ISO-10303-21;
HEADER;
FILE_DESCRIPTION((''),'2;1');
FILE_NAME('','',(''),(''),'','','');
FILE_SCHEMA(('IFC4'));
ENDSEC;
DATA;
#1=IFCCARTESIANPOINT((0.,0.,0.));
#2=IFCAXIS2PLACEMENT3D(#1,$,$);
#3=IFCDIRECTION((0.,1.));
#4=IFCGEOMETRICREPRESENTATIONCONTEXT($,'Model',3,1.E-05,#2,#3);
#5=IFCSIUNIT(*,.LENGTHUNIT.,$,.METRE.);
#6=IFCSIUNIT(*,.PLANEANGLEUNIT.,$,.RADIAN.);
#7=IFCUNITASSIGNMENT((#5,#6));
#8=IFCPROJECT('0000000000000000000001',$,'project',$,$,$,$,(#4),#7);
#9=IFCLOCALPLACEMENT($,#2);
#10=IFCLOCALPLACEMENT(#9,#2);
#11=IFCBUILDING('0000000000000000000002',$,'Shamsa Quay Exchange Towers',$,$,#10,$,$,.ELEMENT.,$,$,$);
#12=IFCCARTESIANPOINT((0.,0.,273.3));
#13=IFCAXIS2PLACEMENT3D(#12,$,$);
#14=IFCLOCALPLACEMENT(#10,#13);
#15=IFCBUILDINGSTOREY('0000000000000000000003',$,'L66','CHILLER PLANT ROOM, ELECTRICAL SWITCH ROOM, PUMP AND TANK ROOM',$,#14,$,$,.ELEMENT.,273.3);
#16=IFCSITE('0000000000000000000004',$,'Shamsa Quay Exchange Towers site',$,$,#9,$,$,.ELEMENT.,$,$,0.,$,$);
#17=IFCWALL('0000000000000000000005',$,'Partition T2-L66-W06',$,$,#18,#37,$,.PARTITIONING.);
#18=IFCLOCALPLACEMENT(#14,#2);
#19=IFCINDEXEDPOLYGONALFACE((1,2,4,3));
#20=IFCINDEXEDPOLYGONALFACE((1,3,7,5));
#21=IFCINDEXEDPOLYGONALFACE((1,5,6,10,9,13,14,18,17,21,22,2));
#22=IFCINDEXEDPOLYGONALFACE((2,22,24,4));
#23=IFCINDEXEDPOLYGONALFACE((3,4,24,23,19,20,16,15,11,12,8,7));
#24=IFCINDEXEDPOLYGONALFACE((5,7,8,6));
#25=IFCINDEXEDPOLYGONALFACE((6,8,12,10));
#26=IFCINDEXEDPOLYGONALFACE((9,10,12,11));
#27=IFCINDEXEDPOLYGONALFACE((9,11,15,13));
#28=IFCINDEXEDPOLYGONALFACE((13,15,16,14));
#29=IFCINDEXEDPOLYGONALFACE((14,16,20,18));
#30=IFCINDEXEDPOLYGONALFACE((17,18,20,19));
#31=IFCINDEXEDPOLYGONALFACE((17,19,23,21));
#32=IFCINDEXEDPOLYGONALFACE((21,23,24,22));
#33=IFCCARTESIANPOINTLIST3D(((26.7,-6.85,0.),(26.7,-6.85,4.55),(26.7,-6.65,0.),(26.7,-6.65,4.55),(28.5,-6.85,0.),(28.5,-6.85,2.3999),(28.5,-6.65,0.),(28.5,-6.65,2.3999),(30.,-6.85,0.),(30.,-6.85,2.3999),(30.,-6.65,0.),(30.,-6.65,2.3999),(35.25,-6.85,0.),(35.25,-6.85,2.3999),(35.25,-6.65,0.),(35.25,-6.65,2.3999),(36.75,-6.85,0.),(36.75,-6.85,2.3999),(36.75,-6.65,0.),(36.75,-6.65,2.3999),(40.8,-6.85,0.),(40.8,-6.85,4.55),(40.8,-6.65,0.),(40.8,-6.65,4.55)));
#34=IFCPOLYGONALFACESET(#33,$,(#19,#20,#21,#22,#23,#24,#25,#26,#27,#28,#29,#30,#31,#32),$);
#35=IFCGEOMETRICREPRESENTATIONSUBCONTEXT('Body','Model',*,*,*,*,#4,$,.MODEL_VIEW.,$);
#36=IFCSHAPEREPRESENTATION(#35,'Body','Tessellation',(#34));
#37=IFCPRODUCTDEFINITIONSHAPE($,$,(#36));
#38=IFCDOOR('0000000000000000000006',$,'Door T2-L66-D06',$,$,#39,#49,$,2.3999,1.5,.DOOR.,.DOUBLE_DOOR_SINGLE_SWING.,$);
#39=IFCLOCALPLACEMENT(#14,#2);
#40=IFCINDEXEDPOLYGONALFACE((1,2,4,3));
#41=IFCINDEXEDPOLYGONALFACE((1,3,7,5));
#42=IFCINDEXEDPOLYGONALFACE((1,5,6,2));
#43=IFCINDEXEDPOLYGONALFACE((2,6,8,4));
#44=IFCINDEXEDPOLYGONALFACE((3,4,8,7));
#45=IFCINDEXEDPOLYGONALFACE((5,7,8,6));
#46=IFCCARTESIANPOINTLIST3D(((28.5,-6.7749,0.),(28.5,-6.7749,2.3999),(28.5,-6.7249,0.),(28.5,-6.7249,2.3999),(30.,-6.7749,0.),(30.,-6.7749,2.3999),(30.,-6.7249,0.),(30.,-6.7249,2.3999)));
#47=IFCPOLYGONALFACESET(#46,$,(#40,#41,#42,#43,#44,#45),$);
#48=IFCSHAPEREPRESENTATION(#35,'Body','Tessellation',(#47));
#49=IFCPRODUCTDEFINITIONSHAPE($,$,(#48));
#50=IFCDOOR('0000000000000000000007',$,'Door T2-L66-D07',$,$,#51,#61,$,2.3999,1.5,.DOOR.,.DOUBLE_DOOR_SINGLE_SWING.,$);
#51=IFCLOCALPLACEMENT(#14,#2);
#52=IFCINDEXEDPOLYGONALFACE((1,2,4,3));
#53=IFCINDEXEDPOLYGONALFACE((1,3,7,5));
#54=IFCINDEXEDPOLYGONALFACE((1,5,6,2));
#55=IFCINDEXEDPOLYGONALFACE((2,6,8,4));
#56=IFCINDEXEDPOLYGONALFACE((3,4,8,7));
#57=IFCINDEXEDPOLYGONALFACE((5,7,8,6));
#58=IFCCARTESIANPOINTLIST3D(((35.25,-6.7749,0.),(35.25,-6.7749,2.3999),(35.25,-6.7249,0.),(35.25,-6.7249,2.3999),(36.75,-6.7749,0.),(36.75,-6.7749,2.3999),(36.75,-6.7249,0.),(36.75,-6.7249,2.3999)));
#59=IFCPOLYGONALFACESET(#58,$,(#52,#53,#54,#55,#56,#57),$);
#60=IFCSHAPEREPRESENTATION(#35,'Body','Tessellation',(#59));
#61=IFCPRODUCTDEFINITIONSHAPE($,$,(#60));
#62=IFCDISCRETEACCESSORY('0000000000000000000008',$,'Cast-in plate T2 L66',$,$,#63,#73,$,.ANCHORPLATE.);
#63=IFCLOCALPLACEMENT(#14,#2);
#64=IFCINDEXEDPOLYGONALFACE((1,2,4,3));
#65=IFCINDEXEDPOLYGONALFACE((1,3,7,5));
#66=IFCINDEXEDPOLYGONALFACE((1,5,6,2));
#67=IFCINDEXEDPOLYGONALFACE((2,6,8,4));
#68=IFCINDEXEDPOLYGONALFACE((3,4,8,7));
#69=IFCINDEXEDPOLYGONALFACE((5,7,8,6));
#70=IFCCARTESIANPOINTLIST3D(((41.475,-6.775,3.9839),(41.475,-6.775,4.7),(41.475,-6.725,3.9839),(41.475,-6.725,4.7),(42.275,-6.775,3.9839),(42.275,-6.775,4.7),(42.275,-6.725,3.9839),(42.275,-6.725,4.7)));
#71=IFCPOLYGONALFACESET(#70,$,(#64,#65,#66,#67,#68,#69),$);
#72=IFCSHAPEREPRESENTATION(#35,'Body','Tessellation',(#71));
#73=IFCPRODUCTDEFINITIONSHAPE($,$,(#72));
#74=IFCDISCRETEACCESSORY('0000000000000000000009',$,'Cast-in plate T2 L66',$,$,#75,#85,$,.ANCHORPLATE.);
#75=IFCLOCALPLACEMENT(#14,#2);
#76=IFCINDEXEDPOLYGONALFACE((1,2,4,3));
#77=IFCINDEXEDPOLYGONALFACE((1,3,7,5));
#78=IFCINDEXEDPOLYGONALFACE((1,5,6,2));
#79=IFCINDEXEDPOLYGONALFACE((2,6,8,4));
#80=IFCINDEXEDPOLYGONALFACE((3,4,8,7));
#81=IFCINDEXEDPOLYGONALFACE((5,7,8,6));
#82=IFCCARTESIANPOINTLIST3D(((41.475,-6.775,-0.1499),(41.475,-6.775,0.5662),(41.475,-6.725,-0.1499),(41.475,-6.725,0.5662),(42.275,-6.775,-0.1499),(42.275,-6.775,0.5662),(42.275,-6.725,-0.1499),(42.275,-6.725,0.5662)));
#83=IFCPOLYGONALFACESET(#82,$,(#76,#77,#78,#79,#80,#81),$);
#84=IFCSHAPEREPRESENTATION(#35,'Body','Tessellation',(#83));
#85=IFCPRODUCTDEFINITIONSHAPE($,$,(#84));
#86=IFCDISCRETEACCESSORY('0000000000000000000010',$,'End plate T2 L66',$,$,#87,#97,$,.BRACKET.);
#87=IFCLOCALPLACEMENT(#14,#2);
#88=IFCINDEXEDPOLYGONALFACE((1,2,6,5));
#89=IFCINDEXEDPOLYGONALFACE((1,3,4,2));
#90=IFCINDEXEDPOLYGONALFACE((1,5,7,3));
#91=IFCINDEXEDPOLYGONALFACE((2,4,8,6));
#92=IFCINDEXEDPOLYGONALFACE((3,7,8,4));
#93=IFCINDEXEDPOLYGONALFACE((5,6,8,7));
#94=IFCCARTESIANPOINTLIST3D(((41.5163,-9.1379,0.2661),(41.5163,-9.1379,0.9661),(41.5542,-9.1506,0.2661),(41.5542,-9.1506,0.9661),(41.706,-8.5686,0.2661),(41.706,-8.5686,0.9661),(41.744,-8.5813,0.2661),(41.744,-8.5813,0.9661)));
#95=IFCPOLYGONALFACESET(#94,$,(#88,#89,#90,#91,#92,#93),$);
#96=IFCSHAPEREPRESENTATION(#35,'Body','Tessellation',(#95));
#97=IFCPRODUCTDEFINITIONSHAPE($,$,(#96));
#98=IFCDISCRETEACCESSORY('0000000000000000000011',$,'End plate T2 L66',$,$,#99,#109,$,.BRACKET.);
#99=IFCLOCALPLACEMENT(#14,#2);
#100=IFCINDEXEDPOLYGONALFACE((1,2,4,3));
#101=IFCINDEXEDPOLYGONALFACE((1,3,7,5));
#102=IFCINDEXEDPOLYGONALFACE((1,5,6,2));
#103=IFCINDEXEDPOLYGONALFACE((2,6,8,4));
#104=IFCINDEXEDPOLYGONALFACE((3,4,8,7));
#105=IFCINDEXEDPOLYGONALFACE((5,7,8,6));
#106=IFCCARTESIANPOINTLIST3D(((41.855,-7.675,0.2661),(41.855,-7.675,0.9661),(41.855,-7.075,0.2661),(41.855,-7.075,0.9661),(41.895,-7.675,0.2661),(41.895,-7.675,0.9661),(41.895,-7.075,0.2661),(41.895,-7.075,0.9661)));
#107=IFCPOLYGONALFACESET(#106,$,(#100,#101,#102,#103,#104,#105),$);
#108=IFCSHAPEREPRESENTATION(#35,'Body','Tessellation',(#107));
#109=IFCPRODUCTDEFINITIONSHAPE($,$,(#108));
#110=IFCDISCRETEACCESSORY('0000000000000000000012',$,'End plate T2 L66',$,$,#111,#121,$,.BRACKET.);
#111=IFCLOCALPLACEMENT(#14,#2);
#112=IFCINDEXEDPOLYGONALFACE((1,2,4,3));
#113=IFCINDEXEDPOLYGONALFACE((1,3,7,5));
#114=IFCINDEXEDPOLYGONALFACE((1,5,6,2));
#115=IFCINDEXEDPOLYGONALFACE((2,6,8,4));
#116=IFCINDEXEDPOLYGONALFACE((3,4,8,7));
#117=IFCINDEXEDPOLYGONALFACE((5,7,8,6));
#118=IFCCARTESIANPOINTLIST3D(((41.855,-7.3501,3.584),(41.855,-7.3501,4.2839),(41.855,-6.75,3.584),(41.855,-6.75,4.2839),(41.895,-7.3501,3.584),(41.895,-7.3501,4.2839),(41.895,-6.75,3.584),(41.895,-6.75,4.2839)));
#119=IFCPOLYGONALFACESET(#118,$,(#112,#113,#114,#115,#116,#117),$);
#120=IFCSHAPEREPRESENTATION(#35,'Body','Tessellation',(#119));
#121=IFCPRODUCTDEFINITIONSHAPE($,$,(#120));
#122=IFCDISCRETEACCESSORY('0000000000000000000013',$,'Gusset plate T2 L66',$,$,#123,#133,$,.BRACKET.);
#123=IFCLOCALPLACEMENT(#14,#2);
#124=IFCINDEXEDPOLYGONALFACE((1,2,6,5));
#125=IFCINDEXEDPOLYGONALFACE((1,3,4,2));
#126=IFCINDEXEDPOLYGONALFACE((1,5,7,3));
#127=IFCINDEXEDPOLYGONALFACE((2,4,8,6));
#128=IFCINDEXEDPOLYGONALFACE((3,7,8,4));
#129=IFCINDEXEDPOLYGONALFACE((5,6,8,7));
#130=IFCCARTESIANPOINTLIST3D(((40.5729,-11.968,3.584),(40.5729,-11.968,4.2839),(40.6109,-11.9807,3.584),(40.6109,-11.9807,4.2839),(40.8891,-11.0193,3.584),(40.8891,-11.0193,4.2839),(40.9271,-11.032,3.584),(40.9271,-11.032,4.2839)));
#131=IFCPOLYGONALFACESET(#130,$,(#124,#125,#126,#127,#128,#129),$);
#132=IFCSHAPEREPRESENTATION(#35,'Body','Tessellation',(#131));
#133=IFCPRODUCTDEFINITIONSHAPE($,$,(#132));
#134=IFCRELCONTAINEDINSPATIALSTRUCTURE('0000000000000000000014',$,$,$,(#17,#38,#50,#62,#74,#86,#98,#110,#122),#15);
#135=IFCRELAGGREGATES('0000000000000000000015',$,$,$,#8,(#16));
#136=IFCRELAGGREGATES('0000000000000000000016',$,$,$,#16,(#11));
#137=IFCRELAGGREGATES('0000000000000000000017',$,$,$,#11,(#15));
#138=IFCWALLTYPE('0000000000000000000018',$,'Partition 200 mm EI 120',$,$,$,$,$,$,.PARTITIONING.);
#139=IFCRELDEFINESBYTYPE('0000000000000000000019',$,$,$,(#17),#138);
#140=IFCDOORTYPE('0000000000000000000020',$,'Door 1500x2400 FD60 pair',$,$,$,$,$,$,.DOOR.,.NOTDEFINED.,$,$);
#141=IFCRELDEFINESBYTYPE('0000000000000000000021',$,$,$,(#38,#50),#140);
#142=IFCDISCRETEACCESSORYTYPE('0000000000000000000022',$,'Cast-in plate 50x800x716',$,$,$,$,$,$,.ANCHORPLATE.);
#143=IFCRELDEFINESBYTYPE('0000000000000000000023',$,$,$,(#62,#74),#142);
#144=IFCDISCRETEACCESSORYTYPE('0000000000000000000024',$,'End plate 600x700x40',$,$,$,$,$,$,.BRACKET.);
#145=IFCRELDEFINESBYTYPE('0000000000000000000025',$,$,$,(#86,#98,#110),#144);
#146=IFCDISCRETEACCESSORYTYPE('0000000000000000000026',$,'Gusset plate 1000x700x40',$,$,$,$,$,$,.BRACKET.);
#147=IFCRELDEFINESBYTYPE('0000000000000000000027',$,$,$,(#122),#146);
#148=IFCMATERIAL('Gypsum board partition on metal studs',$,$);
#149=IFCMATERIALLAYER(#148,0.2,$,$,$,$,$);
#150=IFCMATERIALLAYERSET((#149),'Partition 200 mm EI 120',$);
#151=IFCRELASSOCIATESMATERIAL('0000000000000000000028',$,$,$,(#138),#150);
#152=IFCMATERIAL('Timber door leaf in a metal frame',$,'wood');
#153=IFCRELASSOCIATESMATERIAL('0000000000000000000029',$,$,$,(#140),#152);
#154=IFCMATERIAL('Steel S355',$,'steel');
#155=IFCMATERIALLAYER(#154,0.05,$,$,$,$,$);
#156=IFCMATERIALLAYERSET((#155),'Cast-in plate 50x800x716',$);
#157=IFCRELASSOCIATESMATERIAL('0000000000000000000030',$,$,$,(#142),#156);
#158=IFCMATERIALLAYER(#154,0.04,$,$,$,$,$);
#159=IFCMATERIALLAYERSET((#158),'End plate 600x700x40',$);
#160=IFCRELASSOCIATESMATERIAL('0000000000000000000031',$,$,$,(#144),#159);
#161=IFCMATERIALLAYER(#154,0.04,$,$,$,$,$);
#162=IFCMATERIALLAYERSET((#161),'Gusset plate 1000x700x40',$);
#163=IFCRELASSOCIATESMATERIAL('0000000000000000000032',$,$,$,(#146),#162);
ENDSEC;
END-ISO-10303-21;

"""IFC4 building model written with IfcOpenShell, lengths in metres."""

from ifc_helpers import new_model, si_unit, direction, frame, frame_2d, origin, origin_2d, place, context, subcontext, project, spatial, rectangle, extrude, material, layer, layer_set, type_object, element, fill, save


model = new_model("IFC4")

# Units and contexts
model_context = context("Model", 3, precision=1e-05, world=origin(), true_north=direction((0.0, 1.0)))
body_context = subcontext(model_context, "Body", "Model", "MODEL_VIEW")
ifc_project = project(units=[si_unit("LENGTHUNIT", "METRE"), si_unit("PLANEANGLEUNIT", "RADIAN")], contexts=[model_context])

# Site, building, storey
site_placement = place(None, origin())
site = spatial("IfcSite", under=ifc_project, at=site_placement, Name="Shamsa Quay Exchange Towers site", CompositionType="ELEMENT", RefElevation=0.0)
building_placement = place(site_placement, origin())
building = spatial("IfcBuilding", under=site, at=building_placement, Name="Shamsa Quay Exchange Towers", CompositionType="ELEMENT")
storey_placement = place(building_placement, frame((0.0, 0.0, 273.3)))
storey = spatial("IfcBuildingStorey", under=building, at=storey_placement, Name="L66", Description="CHILLER PLANT ROOM, ELECTRICAL SWITCH ROOM, PUMP AND TANK ROOM", CompositionType="ELEMENT", Elevation=273.3)

# Shared definitions
ifc_material_1 = material(Name="Steel S355", Category="steel")

# Shared definitions
ifc_material_2 = material(Name="Gypsum board partition on metal studs")
ifc_layer_1 = layer(ifc_material_2, 0.2)
ifc_layer_set_1 = layer_set([ifc_layer_1], Name="Partition 200 mm EI 120")
wall_type_1 = type_object("IfcWallType", Name="Partition 200 mm EI 120", PredefinedType="PARTITIONING", material=ifc_layer_set_1)
ifc_material_3 = material(Name="Timber door leaf in a metal frame", Category="wood")
door_type_1 = type_object("IfcDoorType", Name="Door 1500x2400 FD60 pair", OperationType="NOTDEFINED", PredefinedType="DOOR", material=ifc_material_3)

# Wall, openings, doors
wall_1_placement = place(storey_placement, frame((40.8, -6.75, 0.0), z_axis=(0.0, 0.0, 1.0), x_axis=(-1.0, 0.0, 0.0)))
wall_1 = element("IfcWall", 1, at=wall_1_placement, inside=storey, type_object=wall_type_1, Name="Partition T2-L66-W06", PredefinedType="PARTITIONING", context=body_context, shape_type="SweptSolid", body=[
    extrude(rectangle(XDim=14.1001, YDim=0.2, at=frame_2d((7.05, 0.0))), origin(), (0.0, 0.0, 1.0), 4.55),
])
opening_1_placement = place(wall_1_placement, frame((10.8, 0.0, 0.0)))
opening_1 = element("IfcOpeningElement", 2, at=opening_1_placement, cuts=wall_1, PredefinedType="OPENING", context=body_context, shape_type="SweptSolid", body=[
    extrude(rectangle(XDim=1.5, YDim=2.3999, at=frame_2d((0.75, 1.2))), frame((0.0, 0.1099, 0.0), z_axis=(0.0, -1.0, 0.0), x_axis=(1.0, 0.0, 0.0)), (0.0, 0.0, 1.0), 0.22),
])
opening_2_placement = place(wall_1_placement, frame((4.05, 0.0, 0.0)))
opening_2 = element("IfcOpeningElement", 3, at=opening_2_placement, cuts=wall_1, PredefinedType="OPENING", context=body_context, shape_type="SweptSolid", body=[
    extrude(rectangle(XDim=1.5, YDim=2.3999, at=frame_2d((0.75, 1.2))), frame((0.0, 0.1099, 0.0), z_axis=(0.0, -1.0, 0.0), x_axis=(1.0, 0.0, 0.0)), (0.0, 0.0, 1.0), 0.22),
])
door_1_placement = place(opening_1_placement, origin())
door_1 = element("IfcDoor", 4, at=door_1_placement, inside=storey, type_object=door_type_1, Name="Door T2-L66-D06", OperationType="DOUBLE_DOOR_SINGLE_SWING", OverallHeight=2.3999, OverallWidth=1.5, PredefinedType="DOOR", context=body_context, shape_type="SweptSolid", body=[
    extrude(rectangle(XDim=1.5, YDim=2.3999, at=frame_2d((0.75, 1.2))), frame((0.0, 0.0249, 0.0), z_axis=(0.0, -1.0, 0.0), x_axis=(1.0, 0.0, 0.0)), (0.0, 0.0, 1.0), 0.05),
])
fill(opening_1, door_1)
door_2_placement = place(opening_2_placement, origin())
door_2 = element("IfcDoor", 5, at=door_2_placement, inside=storey, type_object=door_type_1, Name="Door T2-L66-D07", OperationType="DOUBLE_DOOR_SINGLE_SWING", OverallHeight=2.3999, OverallWidth=1.5, PredefinedType="DOOR", context=body_context, shape_type="SweptSolid", body=[
    extrude(rectangle(XDim=1.5, YDim=2.3999, at=frame_2d((0.75, 1.2))), frame((0.0, 0.0249, 0.0), z_axis=(0.0, -1.0, 0.0), x_axis=(1.0, 0.0, 0.0)), (0.0, 0.0, 1.0), 0.05),
])
fill(opening_2, door_2)

# Discrete accessories
ifc_layer_2 = layer(ifc_material_1, 0.05)
ifc_layer_set_2 = layer_set([ifc_layer_2], Name="Cast-in plate 50x800x716")
discrete_accessory_type_1 = type_object("IfcDiscreteAccessoryType", Name="Cast-in plate 50x800x716", PredefinedType="ANCHORPLATE", material=ifc_layer_set_2)
for number, where, z_axis, x_axis, name in (
    (6, (41.875, -6.75, 3.9839), (0.0, 0.0, 1.0), (0.0, 1.0, 0.0), "Cast-in plate T2 L66"),
    (7, (41.875, -6.75, -0.1499), (0.0, 0.0, 1.0), (0.0, 1.0, 0.0), "Cast-in plate T2 L66"),
):
    element("IfcDiscreteAccessory", number, at=place(storey_placement, frame(where, z_axis=z_axis, x_axis=x_axis)), inside=storey, type_object=discrete_accessory_type_1, Name=name, PredefinedType="ANCHORPLATE", context=body_context, shape_type="SweptSolid", body=[
        extrude(rectangle(XDim=0.05, YDim=0.8, at=origin_2d()), origin(), (0.0, 0.0, 1.0), 0.7161),
    ])
ifc_layer_3 = layer(ifc_material_1, 0.04)
ifc_layer_set_3 = layer_set([ifc_layer_3], Name="End plate 600x700x40")
discrete_accessory_type_2 = type_object("IfcDiscreteAccessoryType", Name="End plate 600x700x40", PredefinedType="BRACKET", material=ifc_layer_set_3)
for number, where, z_axis, x_axis, name in (
    (8, (41.6301, -8.8596, 0.2661), (0.0, 0.0, 1.0), (0.316228, 0.948683, 0.0), "End plate T2 L66"),
    (9, (41.875, -7.375, 0.2661), (0.0, 0.0, 1.0), (0.0, 1.0, 0.0), "End plate T2 L66"),
    (10, (41.875, -7.05, 3.584), (0.0, 0.0, 1.0), (0.0, 1.0, 0.0), "End plate T2 L66"),
):
    element("IfcDiscreteAccessory", number, at=place(storey_placement, frame(where, z_axis=z_axis, x_axis=x_axis)), inside=storey, type_object=discrete_accessory_type_2, Name=name, PredefinedType="BRACKET", context=body_context, shape_type="SweptSolid", body=[
        extrude(rectangle(XDim=0.6001, YDim=0.04, at=origin_2d()), origin(), (0.0, 0.0, 1.0), 0.7),
    ])
ifc_layer_4 = layer(ifc_material_1, 0.04)
ifc_layer_set_4 = layer_set([ifc_layer_4], Name="Gusset plate 1000x700x40")
discrete_accessory_type_3 = type_object("IfcDiscreteAccessoryType", Name="Gusset plate 1000x700x40", PredefinedType="BRACKET", material=ifc_layer_set_4)
discrete_accessory_placement = place(storey_placement, frame((40.75, -11.5, 3.584), z_axis=(0.0, 0.0, 1.0), x_axis=(0.316228, 0.948683, 0.0)))
element("IfcDiscreteAccessory", 11, at=discrete_accessory_placement, inside=storey, type_object=discrete_accessory_type_3, Name="Gusset plate T2 L66", PredefinedType="BRACKET", context=body_context, shape_type="SweptSolid", body=[
    extrude(rectangle(XDim=1.0, YDim=0.04, at=origin_2d()), origin(), (0.0, 0.0, 1.0), 0.7),
])

save(model, "model.ifc")
